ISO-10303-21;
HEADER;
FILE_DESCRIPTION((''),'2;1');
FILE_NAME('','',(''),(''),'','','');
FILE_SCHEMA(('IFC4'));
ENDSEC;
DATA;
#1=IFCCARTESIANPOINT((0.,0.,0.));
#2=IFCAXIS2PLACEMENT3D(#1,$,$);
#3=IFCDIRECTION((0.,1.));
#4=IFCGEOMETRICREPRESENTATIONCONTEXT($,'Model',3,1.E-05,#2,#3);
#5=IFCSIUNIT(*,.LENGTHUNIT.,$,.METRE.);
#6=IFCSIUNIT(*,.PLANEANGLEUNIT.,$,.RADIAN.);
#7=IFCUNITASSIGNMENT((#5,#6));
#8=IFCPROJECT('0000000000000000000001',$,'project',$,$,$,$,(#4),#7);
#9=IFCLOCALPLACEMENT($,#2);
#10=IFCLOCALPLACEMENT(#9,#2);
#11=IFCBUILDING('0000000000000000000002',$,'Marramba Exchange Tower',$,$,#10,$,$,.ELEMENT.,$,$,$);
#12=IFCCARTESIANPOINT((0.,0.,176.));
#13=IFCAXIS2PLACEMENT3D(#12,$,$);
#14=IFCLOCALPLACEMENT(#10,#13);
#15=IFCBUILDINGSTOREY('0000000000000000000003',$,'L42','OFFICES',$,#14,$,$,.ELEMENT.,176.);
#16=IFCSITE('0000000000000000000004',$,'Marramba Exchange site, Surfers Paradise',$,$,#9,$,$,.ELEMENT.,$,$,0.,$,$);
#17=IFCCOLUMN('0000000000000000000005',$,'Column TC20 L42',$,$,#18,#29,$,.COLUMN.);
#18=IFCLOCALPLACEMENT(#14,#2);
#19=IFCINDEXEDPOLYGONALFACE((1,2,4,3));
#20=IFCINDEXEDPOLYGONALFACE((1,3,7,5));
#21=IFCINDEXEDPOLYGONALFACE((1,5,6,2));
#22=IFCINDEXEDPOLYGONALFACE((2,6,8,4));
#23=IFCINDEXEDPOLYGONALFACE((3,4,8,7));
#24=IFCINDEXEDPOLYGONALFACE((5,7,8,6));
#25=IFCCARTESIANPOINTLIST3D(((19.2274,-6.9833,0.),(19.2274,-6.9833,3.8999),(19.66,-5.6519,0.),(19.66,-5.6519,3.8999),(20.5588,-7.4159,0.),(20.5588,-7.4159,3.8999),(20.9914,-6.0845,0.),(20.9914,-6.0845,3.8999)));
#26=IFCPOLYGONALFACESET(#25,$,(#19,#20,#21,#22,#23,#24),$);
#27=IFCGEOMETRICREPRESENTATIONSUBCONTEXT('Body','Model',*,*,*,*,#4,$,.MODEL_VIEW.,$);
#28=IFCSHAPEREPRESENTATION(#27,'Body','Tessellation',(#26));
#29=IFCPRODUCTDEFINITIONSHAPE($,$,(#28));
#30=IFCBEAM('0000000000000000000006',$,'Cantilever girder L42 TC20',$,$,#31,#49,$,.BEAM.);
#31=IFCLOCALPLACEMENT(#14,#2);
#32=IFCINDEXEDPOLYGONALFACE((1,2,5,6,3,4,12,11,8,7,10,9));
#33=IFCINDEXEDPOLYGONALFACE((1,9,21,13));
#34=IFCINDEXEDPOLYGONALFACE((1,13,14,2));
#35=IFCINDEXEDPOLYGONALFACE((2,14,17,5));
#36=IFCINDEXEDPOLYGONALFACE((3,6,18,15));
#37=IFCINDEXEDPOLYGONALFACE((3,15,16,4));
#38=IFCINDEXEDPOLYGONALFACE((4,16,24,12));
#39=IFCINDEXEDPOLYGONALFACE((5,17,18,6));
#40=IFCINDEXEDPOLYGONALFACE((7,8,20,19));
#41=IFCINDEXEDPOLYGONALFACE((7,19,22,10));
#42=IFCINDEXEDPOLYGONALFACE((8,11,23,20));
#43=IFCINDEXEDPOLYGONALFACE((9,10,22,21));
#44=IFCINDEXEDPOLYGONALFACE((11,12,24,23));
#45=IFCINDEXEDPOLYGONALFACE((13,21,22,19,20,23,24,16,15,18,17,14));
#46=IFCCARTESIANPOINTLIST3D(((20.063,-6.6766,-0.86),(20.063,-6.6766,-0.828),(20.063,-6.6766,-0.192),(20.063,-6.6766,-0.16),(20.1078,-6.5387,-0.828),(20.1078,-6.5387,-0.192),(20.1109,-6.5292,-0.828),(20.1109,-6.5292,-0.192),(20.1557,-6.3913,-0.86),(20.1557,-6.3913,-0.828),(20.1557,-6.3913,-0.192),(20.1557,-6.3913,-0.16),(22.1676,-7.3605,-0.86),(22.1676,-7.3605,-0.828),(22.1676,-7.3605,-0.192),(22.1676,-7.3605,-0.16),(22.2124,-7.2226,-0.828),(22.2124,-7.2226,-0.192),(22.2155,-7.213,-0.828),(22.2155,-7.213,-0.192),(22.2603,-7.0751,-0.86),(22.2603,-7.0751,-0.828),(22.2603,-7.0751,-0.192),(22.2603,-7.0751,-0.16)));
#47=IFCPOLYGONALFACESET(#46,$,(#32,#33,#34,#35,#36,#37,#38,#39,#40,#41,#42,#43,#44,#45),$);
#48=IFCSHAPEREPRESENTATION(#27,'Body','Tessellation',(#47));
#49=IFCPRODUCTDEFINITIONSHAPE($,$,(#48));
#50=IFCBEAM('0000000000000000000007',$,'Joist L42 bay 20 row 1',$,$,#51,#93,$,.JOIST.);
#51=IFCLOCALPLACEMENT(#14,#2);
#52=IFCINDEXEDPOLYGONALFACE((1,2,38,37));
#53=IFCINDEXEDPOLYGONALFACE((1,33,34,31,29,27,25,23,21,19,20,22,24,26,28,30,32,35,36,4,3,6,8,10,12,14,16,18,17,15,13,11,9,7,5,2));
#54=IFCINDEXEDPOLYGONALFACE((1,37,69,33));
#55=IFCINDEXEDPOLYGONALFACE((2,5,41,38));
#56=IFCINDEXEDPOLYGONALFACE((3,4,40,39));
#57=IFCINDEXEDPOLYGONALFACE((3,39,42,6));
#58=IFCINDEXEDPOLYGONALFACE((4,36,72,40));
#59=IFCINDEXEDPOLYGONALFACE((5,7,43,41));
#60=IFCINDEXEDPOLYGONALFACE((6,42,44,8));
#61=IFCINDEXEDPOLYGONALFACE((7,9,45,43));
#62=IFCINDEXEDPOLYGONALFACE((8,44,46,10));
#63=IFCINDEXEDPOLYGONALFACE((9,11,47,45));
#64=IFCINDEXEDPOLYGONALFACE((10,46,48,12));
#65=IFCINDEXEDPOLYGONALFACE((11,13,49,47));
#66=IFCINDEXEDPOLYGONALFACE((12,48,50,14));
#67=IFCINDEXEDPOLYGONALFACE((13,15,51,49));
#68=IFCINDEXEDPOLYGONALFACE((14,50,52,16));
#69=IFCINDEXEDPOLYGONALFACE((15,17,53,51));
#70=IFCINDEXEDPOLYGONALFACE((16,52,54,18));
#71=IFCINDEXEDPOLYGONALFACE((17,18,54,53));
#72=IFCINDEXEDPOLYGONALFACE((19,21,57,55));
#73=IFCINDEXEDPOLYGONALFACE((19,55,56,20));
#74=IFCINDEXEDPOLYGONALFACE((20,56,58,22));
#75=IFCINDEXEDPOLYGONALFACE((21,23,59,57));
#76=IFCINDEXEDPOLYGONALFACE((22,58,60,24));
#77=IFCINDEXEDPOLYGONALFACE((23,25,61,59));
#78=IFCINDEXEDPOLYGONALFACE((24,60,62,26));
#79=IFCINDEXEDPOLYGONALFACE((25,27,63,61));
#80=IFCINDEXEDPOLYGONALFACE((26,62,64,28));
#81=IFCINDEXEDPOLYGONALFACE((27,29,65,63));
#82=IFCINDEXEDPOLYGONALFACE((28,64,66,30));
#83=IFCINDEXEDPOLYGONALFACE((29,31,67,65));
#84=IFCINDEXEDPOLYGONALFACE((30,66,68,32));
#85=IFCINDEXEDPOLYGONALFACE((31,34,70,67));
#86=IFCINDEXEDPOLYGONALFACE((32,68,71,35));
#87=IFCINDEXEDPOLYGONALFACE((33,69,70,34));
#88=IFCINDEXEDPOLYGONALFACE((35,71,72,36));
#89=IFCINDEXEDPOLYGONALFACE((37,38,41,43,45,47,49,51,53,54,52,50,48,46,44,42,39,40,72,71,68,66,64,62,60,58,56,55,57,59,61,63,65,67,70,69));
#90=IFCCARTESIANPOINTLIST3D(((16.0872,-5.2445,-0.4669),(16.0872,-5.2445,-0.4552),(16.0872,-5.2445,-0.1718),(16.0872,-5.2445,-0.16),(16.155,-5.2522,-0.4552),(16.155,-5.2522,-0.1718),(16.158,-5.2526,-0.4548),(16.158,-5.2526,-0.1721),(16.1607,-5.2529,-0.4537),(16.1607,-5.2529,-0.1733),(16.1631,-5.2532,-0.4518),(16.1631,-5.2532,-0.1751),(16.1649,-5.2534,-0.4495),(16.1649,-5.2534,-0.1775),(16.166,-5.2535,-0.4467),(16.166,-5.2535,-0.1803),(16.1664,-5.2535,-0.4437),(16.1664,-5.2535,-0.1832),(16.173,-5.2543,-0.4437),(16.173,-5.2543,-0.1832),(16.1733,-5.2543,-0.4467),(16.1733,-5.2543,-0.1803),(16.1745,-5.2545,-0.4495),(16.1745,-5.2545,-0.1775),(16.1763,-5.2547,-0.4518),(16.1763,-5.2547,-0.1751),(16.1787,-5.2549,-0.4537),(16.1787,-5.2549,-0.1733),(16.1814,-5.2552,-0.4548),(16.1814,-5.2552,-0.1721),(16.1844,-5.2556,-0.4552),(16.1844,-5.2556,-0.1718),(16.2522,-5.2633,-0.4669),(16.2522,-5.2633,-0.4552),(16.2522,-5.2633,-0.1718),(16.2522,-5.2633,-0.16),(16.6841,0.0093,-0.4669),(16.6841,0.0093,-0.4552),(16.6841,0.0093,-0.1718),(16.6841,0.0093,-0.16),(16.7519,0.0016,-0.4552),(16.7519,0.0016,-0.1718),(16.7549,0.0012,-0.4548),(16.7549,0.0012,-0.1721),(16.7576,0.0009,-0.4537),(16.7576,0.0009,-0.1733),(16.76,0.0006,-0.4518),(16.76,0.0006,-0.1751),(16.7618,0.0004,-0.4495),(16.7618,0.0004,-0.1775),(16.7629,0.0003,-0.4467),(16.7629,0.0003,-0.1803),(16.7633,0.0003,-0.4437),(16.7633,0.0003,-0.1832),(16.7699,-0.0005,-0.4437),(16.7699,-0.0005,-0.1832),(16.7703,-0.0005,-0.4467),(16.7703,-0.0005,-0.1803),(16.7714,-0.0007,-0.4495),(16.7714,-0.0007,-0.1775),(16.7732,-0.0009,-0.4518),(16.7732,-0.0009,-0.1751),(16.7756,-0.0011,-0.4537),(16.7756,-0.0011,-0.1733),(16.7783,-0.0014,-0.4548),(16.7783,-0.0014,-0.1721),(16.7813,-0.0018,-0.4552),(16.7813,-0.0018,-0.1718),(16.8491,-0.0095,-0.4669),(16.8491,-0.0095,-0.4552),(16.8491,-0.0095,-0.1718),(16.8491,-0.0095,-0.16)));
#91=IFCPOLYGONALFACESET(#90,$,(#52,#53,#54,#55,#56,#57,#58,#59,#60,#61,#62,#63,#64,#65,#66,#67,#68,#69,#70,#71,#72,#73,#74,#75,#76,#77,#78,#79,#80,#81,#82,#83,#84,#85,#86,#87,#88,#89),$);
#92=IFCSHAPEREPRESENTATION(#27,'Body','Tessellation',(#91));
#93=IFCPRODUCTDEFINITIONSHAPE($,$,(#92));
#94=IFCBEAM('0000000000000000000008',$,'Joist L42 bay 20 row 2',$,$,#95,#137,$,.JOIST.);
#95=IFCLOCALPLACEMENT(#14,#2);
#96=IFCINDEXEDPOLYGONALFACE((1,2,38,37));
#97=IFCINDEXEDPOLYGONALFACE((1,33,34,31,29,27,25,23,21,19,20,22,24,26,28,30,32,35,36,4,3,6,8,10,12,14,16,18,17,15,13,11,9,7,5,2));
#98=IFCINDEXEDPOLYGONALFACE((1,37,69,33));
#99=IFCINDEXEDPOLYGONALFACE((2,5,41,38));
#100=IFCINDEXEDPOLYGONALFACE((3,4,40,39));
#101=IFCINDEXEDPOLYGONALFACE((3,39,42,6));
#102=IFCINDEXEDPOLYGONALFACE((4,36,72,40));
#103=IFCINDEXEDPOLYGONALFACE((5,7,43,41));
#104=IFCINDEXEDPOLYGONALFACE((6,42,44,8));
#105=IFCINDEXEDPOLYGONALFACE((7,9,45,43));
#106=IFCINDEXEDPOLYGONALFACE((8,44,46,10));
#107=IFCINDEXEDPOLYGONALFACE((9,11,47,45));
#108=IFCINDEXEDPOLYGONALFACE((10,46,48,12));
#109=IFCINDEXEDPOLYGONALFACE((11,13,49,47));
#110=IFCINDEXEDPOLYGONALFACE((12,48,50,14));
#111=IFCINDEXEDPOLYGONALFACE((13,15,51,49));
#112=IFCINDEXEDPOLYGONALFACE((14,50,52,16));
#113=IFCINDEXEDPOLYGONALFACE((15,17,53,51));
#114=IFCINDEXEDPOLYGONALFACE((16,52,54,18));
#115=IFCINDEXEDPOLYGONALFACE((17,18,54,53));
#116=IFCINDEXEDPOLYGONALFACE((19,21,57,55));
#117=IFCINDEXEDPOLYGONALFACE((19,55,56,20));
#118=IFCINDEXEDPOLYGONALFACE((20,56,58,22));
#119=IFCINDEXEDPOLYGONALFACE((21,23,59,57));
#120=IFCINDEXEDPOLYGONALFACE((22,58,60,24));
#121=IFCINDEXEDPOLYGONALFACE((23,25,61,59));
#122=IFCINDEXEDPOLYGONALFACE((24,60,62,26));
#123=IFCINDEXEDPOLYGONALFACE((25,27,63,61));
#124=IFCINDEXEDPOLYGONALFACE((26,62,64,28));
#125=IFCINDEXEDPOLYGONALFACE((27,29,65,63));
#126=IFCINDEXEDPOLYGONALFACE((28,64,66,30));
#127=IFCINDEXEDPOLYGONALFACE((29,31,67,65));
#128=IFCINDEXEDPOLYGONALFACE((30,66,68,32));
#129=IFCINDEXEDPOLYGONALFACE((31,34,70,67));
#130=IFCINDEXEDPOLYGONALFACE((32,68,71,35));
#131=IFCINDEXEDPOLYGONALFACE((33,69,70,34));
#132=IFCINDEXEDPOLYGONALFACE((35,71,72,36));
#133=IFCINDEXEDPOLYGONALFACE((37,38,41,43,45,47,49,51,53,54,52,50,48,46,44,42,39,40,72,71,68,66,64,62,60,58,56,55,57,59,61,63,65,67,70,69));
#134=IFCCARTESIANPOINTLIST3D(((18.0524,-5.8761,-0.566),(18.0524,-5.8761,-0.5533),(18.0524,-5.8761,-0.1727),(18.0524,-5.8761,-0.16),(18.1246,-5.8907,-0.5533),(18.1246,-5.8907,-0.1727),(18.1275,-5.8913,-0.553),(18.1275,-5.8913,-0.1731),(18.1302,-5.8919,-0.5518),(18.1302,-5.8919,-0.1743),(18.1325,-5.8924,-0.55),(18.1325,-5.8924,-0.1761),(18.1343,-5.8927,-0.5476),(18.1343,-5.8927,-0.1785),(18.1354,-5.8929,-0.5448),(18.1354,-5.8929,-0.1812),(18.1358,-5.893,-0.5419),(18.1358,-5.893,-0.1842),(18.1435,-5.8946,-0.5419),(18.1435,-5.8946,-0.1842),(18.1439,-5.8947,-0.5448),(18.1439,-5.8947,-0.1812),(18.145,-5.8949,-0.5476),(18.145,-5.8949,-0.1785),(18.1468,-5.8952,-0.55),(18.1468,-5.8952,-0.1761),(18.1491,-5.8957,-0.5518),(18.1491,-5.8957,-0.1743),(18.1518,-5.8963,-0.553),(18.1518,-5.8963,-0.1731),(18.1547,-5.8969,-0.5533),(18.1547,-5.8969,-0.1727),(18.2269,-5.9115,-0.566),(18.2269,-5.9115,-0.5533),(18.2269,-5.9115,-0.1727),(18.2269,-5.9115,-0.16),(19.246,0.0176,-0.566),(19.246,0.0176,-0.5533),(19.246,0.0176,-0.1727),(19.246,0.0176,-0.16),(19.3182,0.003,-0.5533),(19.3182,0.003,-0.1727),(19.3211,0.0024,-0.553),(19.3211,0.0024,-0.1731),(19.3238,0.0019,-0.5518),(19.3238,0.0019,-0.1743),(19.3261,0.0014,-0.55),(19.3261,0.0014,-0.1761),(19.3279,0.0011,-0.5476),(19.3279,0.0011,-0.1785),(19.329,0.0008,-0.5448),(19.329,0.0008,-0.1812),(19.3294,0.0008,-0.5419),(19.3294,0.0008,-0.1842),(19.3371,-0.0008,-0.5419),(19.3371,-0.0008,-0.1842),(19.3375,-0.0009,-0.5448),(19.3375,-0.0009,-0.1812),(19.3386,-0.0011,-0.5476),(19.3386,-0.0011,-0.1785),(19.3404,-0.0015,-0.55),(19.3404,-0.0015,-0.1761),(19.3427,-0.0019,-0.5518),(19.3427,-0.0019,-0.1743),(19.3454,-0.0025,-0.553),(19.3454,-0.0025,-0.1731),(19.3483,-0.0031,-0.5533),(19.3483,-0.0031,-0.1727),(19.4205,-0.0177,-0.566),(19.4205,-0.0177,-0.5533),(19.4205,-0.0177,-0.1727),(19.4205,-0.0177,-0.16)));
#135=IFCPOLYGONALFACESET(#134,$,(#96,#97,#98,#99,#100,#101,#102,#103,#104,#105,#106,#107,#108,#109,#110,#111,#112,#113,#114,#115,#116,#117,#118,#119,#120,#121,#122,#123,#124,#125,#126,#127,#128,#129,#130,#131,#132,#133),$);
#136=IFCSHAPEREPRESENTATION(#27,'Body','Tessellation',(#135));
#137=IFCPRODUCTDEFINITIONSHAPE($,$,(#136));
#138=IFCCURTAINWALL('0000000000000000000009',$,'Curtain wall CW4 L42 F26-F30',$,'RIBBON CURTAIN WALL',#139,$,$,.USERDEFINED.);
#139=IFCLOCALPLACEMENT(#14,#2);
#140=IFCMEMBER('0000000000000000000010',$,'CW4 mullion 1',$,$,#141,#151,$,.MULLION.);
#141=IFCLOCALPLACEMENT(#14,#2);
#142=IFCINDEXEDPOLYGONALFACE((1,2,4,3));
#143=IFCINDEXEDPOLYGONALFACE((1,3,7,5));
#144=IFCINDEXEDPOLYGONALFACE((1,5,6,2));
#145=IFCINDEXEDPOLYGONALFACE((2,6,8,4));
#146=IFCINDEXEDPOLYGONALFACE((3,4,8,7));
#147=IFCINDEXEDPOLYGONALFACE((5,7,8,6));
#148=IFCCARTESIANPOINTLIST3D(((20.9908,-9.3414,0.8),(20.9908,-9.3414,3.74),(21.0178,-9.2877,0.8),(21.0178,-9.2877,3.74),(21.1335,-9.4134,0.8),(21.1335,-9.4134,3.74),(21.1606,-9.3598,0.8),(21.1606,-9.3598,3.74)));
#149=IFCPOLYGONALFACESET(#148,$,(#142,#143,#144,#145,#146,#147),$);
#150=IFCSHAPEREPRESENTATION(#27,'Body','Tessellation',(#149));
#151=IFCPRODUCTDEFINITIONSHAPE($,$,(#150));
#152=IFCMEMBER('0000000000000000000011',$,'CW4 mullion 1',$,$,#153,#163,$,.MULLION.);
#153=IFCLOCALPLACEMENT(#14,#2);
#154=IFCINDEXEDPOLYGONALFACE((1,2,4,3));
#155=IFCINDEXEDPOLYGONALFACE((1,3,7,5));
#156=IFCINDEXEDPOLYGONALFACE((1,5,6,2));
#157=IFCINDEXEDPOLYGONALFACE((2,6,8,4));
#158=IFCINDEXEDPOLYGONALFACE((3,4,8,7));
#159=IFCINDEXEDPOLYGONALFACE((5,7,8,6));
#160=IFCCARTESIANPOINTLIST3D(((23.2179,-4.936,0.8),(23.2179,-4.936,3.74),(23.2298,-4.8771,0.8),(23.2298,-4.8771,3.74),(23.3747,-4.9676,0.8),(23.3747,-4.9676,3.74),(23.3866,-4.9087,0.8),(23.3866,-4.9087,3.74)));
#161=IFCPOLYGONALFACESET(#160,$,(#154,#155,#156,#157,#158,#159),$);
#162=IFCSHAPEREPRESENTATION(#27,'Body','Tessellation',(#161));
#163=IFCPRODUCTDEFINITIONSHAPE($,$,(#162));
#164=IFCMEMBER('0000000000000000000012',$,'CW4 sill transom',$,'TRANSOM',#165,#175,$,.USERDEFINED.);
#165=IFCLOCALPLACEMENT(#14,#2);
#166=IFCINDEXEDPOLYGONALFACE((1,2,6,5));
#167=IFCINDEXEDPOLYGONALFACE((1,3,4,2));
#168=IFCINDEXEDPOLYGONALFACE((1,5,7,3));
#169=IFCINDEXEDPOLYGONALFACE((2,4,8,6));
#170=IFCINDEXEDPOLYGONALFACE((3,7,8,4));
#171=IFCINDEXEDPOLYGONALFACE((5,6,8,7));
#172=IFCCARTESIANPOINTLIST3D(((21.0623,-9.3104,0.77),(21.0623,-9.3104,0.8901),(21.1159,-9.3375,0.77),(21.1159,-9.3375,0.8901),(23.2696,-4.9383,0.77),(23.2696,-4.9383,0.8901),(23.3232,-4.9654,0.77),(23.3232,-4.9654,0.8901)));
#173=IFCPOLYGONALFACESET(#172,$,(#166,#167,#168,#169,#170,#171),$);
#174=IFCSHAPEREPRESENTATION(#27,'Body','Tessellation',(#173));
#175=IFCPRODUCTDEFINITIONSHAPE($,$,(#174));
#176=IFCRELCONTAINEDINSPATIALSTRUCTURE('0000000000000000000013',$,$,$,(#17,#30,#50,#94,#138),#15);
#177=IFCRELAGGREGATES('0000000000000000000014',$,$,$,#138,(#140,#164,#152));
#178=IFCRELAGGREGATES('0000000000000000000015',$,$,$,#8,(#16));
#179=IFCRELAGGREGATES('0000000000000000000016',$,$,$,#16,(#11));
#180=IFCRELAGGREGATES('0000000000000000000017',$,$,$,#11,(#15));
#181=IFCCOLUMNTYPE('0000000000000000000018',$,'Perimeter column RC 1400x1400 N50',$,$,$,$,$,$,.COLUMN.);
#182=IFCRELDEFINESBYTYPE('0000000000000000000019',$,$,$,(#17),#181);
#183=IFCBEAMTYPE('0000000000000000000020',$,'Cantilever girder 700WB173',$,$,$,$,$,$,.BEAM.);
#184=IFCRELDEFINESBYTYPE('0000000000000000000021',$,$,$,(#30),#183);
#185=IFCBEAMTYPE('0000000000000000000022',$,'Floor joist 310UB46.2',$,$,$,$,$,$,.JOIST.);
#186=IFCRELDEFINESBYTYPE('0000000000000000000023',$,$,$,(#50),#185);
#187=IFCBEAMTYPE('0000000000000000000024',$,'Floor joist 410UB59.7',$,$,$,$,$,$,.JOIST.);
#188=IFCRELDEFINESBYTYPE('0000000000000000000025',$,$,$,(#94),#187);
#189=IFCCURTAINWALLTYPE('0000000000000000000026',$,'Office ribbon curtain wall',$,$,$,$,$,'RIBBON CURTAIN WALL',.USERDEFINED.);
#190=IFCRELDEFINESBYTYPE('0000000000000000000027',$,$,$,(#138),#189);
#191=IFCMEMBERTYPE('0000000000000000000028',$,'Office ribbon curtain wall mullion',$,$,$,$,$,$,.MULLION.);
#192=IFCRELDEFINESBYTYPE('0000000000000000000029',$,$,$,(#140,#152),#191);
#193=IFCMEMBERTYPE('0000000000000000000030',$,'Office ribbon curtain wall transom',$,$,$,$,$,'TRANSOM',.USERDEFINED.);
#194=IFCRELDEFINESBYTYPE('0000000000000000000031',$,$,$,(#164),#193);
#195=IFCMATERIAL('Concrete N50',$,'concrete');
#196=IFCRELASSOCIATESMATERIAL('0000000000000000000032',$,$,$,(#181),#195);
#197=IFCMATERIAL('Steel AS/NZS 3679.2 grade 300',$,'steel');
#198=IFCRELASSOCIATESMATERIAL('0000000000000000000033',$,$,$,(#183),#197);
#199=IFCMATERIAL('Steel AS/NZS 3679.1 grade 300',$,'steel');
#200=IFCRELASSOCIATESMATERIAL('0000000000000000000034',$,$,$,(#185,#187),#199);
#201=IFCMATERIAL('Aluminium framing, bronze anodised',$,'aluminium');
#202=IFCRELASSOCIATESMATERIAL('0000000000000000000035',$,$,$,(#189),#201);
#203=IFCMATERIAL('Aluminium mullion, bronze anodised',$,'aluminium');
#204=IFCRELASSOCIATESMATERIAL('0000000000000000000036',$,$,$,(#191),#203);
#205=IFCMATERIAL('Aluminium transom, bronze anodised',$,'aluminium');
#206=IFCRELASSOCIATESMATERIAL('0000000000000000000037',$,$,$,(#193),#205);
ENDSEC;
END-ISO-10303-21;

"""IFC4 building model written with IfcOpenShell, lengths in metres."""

from ifc_helpers import new_model, si_unit, direction, frame, origin, origin_2d, place, context, subcontext, project, spatial, rectangle, i_section, extrude, material, material_profile, profile_set, type_object, element, aggregate, save


model = new_model("IFC4")

# Units and contexts
model_context = context("Model", 3, precision=1e-05, world=origin(), true_north=direction((0.0, 1.0)))
body_context = subcontext(model_context, "Body", "Model", "MODEL_VIEW")
ifc_project = project(units=[si_unit("LENGTHUNIT", "METRE"), si_unit("PLANEANGLEUNIT", "RADIAN")], contexts=[model_context])

# Site, building, storey
site_placement = place(None, origin())
site = spatial("IfcSite", under=ifc_project, at=site_placement, Name="Marramba Exchange site, Surfers Paradise", CompositionType="ELEMENT", RefElevation=0.0)
building_placement = place(site_placement, origin())
building = spatial("IfcBuilding", under=site, at=building_placement, Name="Marramba Exchange Tower", CompositionType="ELEMENT")
storey_placement = place(building_placement, frame((0.0, 0.0, 176.0)))
storey = spatial("IfcBuildingStorey", under=building, at=storey_placement, Name="L42", Description="OFFICES", CompositionType="ELEMENT", Elevation=176.0)

# Column
ifc_material_1 = material(Name="Concrete N50", Category="concrete")
ifc_material_profile_1 = material_profile(ifc_material_1, rectangle(XDim=1.3999, YDim=1.3999, at=origin_2d()), Name="RC 1400x1400")
ifc_profile_set_1 = profile_set([ifc_material_profile_1], Name="Concrete N50")
column_type = type_object("IfcColumnType", Name="Perimeter column RC 1400x1400 N50", PredefinedType="COLUMN", material=ifc_profile_set_1)
column_placement = place(storey_placement, frame((20.1094, -6.5339, 0.0), z_axis=(0.0, 0.0, 1.0), x_axis=(0.951057, -0.309017, 0.0)))
element("IfcColumn", 1, at=column_placement, inside=storey, type_object=column_type, Name="Column TC20 L42", PredefinedType="COLUMN", context=body_context, shape_type="SweptSolid", body=[
    extrude(rectangle(XDim=1.3999, YDim=1.3999, at=origin_2d()), origin(), (0.0, 0.0, 1.0), 3.8999),
])

# Beams
ifc_material_2 = material(Name="Steel AS/NZS 3679.2 grade 300", Category="steel")
ifc_material_profile_2 = material_profile(ifc_material_2, i_section(OverallWidth=0.3, OverallDepth=0.7, WebThickness=0.01, FlangeThickness=0.032, at=origin_2d()), Name="700WB173")
ifc_profile_set_2 = profile_set([ifc_material_profile_2], Name="Steel AS/NZS 3679.2 grade 300")
beam_type_1 = type_object("IfcBeamType", Name="Cantilever girder 700WB173", PredefinedType="BEAM", material=ifc_profile_set_2)
beam_1_placement = place(storey_placement, frame((20.1094, -6.5339, -0.51), z_axis=(0.95105, -0.309036, 0.0), x_axis=(0.309036, 0.95105, 0.0)))
element("IfcBeam", 2, at=beam_1_placement, inside=storey, type_object=beam_type_1, Name="Cantilever girder L42 TC20", PredefinedType="BEAM", context=body_context, shape_type="SweptSolid", body=[
    extrude(i_section(OverallWidth=0.3, OverallDepth=0.7, WebThickness=0.01, FlangeThickness=0.032, at=origin_2d()), origin(), (0.0, 0.0, 1.0), 2.2129),
])
ifc_material_3 = material(Name="Steel AS/NZS 3679.1 grade 300", Category="steel")
ifc_material_profile_3 = material_profile(ifc_material_3, i_section(OverallWidth=0.166, OverallDepth=0.3069, WebThickness=0.0066, FlangeThickness=0.0117, FilletRadius=0.0115, at=origin_2d()), Name="310UB46.2")
ifc_profile_set_3 = profile_set([ifc_material_profile_3], Name="Steel AS/NZS 3679.1 grade 300")
beam_type_2 = type_object("IfcBeamType", Name="Floor joist 310UB46.2", PredefinedType="JOIST", material=ifc_profile_set_3)
beam_2_placement = place(storey_placement, frame((16.1697, -5.2539, -0.3135), z_axis=(0.112889, 0.993608, 0.0), x_axis=(-0.993608, 0.112889, 0.0)))
element("IfcBeam", 3, at=beam_2_placement, inside=storey, type_object=beam_type_2, Name="Joist L42 bay 20 row 1", PredefinedType="JOIST", context=body_context, shape_type="SweptSolid", body=[
    extrude(i_section(OverallWidth=0.166, OverallDepth=0.3069, WebThickness=0.0066, FlangeThickness=0.0117, FilletRadius=0.0115, at=origin_2d()), origin(), (0.0, 0.0, 1.0), 5.2876),
])
ifc_material_profile_4 = material_profile(ifc_material_3, i_section(OverallWidth=0.178, OverallDepth=0.406, WebThickness=0.0078, FlangeThickness=0.0127, FilletRadius=0.0115, at=origin_2d()), Name="410UB59.7")
ifc_profile_set_4 = profile_set([ifc_material_profile_4], Name="Steel AS/NZS 3679.1 grade 300")
beam_type_3 = type_object("IfcBeamType", Name="Floor joist 410UB59.7", PredefinedType="JOIST", material=ifc_profile_set_4)
beam_3_placement = place(storey_placement, frame((18.1396, -5.8938, -0.363), z_axis=(0.198489, 0.980103, 0.0), x_axis=(-0.980103, 0.198489, 0.0)))
element("IfcBeam", 4, at=beam_3_placement, inside=storey, type_object=beam_type_3, Name="Joist L42 bay 20 row 2", PredefinedType="JOIST", context=body_context, shape_type="SweptSolid", body=[
    extrude(i_section(OverallWidth=0.178, OverallDepth=0.406, WebThickness=0.0078, FlangeThickness=0.0127, FilletRadius=0.0115, at=origin_2d()), origin(), (0.0, 0.0, 1.0), 6.0134),
])

# Curtain wall, members
ifc_material_4 = material(Name="Aluminium framing, bronze anodised", Category="aluminium")
curtain_wall_type = type_object("IfcCurtainWallType", Name="Office ribbon curtain wall", ElementType="RIBBON CURTAIN WALL", PredefinedType="USERDEFINED", material=ifc_material_4)
curtain_wall_placement = place(storey_placement, origin())
curtain_wall = element("IfcCurtainWall", 5, at=curtain_wall_placement, inside=storey, type_object=curtain_wall_type, Name="Curtain wall CW4 L42 F26-F30", ObjectType="RIBBON CURTAIN WALL", PredefinedType="USERDEFINED")
ifc_material_5 = material(Name="Aluminium mullion, bronze anodised", Category="aluminium")
ifc_material_profile_5 = material_profile(ifc_material_5, rectangle(XDim=0.1599, YDim=0.0601, at=origin_2d()), Name="CW4 mullion 60x160")
ifc_profile_set_5 = profile_set([ifc_material_profile_5], Name="Aluminium mullion, bronze anodised")
member_type_1 = type_object("IfcMemberType", Name="Office ribbon curtain wall mullion", PredefinedType="MULLION", material=ifc_profile_set_5)
member_1_placement = place(storey_placement, frame((21.0757, -9.3506, 0.8), z_axis=(0.0, 0.0, 1.0), x_axis=(-0.892689, 0.450673, 0.0)))
member_1 = element("IfcMember", 6, at=member_1_placement, type_object=member_type_1, Name="CW4 mullion 1", PredefinedType="MULLION", context=body_context, shape_type="SweptSolid", body=[
    extrude(rectangle(XDim=0.1599, YDim=0.0601, at=origin_2d()), origin(), (0.0, 0.0, 1.0), 2.9399),
])
member_2_placement = place(storey_placement, frame((23.3022, -4.9224, 0.8), z_axis=(0.0, 0.0, 1.0), x_axis=(-0.980304, 0.197495, 0.0)))
member_2 = element("IfcMember", 7, at=member_2_placement, type_object=member_type_1, Name="CW4 mullion 1", PredefinedType="MULLION", context=body_context, shape_type="SweptSolid", body=[
    extrude(rectangle(XDim=0.1599, YDim=0.0601, at=origin_2d()), origin(), (0.0, 0.0, 1.0), 2.9399),
])
ifc_material_6 = material(Name="Aluminium transom, bronze anodised", Category="aluminium")
ifc_material_profile_6 = material_profile(ifc_material_6, rectangle(XDim=0.0601, YDim=0.1201, at=origin_2d()), Name="CW4 transom 60x120")
ifc_profile_set_6 = profile_set([ifc_material_profile_6], Name="Aluminium transom, bronze anodised")
member_type_2 = type_object("IfcMemberType", Name="Office ribbon curtain wall transom", ElementType="TRANSOM", PredefinedType="USERDEFINED", material=ifc_profile_set_6)
member_3_placement = place(storey_placement, frame((21.0891, -9.324, 0.8301), z_axis=(0.45068, 0.892686, 0.0), x_axis=(-0.892686, 0.45068, 0.0)))
member_3 = element("IfcMember", 8, at=member_3_placement, type_object=member_type_2, Name="CW4 sill transom", ObjectType="TRANSOM", PredefinedType="USERDEFINED", context=body_context, shape_type="SweptSolid", body=[
    extrude(rectangle(XDim=0.0601, YDim=0.1201, at=origin_2d()), origin(), (0.0, 0.0, 1.0), 4.8977),
])

aggregate(curtain_wall, [member_1, member_3, member_2])

save(model, "model.ifc")
